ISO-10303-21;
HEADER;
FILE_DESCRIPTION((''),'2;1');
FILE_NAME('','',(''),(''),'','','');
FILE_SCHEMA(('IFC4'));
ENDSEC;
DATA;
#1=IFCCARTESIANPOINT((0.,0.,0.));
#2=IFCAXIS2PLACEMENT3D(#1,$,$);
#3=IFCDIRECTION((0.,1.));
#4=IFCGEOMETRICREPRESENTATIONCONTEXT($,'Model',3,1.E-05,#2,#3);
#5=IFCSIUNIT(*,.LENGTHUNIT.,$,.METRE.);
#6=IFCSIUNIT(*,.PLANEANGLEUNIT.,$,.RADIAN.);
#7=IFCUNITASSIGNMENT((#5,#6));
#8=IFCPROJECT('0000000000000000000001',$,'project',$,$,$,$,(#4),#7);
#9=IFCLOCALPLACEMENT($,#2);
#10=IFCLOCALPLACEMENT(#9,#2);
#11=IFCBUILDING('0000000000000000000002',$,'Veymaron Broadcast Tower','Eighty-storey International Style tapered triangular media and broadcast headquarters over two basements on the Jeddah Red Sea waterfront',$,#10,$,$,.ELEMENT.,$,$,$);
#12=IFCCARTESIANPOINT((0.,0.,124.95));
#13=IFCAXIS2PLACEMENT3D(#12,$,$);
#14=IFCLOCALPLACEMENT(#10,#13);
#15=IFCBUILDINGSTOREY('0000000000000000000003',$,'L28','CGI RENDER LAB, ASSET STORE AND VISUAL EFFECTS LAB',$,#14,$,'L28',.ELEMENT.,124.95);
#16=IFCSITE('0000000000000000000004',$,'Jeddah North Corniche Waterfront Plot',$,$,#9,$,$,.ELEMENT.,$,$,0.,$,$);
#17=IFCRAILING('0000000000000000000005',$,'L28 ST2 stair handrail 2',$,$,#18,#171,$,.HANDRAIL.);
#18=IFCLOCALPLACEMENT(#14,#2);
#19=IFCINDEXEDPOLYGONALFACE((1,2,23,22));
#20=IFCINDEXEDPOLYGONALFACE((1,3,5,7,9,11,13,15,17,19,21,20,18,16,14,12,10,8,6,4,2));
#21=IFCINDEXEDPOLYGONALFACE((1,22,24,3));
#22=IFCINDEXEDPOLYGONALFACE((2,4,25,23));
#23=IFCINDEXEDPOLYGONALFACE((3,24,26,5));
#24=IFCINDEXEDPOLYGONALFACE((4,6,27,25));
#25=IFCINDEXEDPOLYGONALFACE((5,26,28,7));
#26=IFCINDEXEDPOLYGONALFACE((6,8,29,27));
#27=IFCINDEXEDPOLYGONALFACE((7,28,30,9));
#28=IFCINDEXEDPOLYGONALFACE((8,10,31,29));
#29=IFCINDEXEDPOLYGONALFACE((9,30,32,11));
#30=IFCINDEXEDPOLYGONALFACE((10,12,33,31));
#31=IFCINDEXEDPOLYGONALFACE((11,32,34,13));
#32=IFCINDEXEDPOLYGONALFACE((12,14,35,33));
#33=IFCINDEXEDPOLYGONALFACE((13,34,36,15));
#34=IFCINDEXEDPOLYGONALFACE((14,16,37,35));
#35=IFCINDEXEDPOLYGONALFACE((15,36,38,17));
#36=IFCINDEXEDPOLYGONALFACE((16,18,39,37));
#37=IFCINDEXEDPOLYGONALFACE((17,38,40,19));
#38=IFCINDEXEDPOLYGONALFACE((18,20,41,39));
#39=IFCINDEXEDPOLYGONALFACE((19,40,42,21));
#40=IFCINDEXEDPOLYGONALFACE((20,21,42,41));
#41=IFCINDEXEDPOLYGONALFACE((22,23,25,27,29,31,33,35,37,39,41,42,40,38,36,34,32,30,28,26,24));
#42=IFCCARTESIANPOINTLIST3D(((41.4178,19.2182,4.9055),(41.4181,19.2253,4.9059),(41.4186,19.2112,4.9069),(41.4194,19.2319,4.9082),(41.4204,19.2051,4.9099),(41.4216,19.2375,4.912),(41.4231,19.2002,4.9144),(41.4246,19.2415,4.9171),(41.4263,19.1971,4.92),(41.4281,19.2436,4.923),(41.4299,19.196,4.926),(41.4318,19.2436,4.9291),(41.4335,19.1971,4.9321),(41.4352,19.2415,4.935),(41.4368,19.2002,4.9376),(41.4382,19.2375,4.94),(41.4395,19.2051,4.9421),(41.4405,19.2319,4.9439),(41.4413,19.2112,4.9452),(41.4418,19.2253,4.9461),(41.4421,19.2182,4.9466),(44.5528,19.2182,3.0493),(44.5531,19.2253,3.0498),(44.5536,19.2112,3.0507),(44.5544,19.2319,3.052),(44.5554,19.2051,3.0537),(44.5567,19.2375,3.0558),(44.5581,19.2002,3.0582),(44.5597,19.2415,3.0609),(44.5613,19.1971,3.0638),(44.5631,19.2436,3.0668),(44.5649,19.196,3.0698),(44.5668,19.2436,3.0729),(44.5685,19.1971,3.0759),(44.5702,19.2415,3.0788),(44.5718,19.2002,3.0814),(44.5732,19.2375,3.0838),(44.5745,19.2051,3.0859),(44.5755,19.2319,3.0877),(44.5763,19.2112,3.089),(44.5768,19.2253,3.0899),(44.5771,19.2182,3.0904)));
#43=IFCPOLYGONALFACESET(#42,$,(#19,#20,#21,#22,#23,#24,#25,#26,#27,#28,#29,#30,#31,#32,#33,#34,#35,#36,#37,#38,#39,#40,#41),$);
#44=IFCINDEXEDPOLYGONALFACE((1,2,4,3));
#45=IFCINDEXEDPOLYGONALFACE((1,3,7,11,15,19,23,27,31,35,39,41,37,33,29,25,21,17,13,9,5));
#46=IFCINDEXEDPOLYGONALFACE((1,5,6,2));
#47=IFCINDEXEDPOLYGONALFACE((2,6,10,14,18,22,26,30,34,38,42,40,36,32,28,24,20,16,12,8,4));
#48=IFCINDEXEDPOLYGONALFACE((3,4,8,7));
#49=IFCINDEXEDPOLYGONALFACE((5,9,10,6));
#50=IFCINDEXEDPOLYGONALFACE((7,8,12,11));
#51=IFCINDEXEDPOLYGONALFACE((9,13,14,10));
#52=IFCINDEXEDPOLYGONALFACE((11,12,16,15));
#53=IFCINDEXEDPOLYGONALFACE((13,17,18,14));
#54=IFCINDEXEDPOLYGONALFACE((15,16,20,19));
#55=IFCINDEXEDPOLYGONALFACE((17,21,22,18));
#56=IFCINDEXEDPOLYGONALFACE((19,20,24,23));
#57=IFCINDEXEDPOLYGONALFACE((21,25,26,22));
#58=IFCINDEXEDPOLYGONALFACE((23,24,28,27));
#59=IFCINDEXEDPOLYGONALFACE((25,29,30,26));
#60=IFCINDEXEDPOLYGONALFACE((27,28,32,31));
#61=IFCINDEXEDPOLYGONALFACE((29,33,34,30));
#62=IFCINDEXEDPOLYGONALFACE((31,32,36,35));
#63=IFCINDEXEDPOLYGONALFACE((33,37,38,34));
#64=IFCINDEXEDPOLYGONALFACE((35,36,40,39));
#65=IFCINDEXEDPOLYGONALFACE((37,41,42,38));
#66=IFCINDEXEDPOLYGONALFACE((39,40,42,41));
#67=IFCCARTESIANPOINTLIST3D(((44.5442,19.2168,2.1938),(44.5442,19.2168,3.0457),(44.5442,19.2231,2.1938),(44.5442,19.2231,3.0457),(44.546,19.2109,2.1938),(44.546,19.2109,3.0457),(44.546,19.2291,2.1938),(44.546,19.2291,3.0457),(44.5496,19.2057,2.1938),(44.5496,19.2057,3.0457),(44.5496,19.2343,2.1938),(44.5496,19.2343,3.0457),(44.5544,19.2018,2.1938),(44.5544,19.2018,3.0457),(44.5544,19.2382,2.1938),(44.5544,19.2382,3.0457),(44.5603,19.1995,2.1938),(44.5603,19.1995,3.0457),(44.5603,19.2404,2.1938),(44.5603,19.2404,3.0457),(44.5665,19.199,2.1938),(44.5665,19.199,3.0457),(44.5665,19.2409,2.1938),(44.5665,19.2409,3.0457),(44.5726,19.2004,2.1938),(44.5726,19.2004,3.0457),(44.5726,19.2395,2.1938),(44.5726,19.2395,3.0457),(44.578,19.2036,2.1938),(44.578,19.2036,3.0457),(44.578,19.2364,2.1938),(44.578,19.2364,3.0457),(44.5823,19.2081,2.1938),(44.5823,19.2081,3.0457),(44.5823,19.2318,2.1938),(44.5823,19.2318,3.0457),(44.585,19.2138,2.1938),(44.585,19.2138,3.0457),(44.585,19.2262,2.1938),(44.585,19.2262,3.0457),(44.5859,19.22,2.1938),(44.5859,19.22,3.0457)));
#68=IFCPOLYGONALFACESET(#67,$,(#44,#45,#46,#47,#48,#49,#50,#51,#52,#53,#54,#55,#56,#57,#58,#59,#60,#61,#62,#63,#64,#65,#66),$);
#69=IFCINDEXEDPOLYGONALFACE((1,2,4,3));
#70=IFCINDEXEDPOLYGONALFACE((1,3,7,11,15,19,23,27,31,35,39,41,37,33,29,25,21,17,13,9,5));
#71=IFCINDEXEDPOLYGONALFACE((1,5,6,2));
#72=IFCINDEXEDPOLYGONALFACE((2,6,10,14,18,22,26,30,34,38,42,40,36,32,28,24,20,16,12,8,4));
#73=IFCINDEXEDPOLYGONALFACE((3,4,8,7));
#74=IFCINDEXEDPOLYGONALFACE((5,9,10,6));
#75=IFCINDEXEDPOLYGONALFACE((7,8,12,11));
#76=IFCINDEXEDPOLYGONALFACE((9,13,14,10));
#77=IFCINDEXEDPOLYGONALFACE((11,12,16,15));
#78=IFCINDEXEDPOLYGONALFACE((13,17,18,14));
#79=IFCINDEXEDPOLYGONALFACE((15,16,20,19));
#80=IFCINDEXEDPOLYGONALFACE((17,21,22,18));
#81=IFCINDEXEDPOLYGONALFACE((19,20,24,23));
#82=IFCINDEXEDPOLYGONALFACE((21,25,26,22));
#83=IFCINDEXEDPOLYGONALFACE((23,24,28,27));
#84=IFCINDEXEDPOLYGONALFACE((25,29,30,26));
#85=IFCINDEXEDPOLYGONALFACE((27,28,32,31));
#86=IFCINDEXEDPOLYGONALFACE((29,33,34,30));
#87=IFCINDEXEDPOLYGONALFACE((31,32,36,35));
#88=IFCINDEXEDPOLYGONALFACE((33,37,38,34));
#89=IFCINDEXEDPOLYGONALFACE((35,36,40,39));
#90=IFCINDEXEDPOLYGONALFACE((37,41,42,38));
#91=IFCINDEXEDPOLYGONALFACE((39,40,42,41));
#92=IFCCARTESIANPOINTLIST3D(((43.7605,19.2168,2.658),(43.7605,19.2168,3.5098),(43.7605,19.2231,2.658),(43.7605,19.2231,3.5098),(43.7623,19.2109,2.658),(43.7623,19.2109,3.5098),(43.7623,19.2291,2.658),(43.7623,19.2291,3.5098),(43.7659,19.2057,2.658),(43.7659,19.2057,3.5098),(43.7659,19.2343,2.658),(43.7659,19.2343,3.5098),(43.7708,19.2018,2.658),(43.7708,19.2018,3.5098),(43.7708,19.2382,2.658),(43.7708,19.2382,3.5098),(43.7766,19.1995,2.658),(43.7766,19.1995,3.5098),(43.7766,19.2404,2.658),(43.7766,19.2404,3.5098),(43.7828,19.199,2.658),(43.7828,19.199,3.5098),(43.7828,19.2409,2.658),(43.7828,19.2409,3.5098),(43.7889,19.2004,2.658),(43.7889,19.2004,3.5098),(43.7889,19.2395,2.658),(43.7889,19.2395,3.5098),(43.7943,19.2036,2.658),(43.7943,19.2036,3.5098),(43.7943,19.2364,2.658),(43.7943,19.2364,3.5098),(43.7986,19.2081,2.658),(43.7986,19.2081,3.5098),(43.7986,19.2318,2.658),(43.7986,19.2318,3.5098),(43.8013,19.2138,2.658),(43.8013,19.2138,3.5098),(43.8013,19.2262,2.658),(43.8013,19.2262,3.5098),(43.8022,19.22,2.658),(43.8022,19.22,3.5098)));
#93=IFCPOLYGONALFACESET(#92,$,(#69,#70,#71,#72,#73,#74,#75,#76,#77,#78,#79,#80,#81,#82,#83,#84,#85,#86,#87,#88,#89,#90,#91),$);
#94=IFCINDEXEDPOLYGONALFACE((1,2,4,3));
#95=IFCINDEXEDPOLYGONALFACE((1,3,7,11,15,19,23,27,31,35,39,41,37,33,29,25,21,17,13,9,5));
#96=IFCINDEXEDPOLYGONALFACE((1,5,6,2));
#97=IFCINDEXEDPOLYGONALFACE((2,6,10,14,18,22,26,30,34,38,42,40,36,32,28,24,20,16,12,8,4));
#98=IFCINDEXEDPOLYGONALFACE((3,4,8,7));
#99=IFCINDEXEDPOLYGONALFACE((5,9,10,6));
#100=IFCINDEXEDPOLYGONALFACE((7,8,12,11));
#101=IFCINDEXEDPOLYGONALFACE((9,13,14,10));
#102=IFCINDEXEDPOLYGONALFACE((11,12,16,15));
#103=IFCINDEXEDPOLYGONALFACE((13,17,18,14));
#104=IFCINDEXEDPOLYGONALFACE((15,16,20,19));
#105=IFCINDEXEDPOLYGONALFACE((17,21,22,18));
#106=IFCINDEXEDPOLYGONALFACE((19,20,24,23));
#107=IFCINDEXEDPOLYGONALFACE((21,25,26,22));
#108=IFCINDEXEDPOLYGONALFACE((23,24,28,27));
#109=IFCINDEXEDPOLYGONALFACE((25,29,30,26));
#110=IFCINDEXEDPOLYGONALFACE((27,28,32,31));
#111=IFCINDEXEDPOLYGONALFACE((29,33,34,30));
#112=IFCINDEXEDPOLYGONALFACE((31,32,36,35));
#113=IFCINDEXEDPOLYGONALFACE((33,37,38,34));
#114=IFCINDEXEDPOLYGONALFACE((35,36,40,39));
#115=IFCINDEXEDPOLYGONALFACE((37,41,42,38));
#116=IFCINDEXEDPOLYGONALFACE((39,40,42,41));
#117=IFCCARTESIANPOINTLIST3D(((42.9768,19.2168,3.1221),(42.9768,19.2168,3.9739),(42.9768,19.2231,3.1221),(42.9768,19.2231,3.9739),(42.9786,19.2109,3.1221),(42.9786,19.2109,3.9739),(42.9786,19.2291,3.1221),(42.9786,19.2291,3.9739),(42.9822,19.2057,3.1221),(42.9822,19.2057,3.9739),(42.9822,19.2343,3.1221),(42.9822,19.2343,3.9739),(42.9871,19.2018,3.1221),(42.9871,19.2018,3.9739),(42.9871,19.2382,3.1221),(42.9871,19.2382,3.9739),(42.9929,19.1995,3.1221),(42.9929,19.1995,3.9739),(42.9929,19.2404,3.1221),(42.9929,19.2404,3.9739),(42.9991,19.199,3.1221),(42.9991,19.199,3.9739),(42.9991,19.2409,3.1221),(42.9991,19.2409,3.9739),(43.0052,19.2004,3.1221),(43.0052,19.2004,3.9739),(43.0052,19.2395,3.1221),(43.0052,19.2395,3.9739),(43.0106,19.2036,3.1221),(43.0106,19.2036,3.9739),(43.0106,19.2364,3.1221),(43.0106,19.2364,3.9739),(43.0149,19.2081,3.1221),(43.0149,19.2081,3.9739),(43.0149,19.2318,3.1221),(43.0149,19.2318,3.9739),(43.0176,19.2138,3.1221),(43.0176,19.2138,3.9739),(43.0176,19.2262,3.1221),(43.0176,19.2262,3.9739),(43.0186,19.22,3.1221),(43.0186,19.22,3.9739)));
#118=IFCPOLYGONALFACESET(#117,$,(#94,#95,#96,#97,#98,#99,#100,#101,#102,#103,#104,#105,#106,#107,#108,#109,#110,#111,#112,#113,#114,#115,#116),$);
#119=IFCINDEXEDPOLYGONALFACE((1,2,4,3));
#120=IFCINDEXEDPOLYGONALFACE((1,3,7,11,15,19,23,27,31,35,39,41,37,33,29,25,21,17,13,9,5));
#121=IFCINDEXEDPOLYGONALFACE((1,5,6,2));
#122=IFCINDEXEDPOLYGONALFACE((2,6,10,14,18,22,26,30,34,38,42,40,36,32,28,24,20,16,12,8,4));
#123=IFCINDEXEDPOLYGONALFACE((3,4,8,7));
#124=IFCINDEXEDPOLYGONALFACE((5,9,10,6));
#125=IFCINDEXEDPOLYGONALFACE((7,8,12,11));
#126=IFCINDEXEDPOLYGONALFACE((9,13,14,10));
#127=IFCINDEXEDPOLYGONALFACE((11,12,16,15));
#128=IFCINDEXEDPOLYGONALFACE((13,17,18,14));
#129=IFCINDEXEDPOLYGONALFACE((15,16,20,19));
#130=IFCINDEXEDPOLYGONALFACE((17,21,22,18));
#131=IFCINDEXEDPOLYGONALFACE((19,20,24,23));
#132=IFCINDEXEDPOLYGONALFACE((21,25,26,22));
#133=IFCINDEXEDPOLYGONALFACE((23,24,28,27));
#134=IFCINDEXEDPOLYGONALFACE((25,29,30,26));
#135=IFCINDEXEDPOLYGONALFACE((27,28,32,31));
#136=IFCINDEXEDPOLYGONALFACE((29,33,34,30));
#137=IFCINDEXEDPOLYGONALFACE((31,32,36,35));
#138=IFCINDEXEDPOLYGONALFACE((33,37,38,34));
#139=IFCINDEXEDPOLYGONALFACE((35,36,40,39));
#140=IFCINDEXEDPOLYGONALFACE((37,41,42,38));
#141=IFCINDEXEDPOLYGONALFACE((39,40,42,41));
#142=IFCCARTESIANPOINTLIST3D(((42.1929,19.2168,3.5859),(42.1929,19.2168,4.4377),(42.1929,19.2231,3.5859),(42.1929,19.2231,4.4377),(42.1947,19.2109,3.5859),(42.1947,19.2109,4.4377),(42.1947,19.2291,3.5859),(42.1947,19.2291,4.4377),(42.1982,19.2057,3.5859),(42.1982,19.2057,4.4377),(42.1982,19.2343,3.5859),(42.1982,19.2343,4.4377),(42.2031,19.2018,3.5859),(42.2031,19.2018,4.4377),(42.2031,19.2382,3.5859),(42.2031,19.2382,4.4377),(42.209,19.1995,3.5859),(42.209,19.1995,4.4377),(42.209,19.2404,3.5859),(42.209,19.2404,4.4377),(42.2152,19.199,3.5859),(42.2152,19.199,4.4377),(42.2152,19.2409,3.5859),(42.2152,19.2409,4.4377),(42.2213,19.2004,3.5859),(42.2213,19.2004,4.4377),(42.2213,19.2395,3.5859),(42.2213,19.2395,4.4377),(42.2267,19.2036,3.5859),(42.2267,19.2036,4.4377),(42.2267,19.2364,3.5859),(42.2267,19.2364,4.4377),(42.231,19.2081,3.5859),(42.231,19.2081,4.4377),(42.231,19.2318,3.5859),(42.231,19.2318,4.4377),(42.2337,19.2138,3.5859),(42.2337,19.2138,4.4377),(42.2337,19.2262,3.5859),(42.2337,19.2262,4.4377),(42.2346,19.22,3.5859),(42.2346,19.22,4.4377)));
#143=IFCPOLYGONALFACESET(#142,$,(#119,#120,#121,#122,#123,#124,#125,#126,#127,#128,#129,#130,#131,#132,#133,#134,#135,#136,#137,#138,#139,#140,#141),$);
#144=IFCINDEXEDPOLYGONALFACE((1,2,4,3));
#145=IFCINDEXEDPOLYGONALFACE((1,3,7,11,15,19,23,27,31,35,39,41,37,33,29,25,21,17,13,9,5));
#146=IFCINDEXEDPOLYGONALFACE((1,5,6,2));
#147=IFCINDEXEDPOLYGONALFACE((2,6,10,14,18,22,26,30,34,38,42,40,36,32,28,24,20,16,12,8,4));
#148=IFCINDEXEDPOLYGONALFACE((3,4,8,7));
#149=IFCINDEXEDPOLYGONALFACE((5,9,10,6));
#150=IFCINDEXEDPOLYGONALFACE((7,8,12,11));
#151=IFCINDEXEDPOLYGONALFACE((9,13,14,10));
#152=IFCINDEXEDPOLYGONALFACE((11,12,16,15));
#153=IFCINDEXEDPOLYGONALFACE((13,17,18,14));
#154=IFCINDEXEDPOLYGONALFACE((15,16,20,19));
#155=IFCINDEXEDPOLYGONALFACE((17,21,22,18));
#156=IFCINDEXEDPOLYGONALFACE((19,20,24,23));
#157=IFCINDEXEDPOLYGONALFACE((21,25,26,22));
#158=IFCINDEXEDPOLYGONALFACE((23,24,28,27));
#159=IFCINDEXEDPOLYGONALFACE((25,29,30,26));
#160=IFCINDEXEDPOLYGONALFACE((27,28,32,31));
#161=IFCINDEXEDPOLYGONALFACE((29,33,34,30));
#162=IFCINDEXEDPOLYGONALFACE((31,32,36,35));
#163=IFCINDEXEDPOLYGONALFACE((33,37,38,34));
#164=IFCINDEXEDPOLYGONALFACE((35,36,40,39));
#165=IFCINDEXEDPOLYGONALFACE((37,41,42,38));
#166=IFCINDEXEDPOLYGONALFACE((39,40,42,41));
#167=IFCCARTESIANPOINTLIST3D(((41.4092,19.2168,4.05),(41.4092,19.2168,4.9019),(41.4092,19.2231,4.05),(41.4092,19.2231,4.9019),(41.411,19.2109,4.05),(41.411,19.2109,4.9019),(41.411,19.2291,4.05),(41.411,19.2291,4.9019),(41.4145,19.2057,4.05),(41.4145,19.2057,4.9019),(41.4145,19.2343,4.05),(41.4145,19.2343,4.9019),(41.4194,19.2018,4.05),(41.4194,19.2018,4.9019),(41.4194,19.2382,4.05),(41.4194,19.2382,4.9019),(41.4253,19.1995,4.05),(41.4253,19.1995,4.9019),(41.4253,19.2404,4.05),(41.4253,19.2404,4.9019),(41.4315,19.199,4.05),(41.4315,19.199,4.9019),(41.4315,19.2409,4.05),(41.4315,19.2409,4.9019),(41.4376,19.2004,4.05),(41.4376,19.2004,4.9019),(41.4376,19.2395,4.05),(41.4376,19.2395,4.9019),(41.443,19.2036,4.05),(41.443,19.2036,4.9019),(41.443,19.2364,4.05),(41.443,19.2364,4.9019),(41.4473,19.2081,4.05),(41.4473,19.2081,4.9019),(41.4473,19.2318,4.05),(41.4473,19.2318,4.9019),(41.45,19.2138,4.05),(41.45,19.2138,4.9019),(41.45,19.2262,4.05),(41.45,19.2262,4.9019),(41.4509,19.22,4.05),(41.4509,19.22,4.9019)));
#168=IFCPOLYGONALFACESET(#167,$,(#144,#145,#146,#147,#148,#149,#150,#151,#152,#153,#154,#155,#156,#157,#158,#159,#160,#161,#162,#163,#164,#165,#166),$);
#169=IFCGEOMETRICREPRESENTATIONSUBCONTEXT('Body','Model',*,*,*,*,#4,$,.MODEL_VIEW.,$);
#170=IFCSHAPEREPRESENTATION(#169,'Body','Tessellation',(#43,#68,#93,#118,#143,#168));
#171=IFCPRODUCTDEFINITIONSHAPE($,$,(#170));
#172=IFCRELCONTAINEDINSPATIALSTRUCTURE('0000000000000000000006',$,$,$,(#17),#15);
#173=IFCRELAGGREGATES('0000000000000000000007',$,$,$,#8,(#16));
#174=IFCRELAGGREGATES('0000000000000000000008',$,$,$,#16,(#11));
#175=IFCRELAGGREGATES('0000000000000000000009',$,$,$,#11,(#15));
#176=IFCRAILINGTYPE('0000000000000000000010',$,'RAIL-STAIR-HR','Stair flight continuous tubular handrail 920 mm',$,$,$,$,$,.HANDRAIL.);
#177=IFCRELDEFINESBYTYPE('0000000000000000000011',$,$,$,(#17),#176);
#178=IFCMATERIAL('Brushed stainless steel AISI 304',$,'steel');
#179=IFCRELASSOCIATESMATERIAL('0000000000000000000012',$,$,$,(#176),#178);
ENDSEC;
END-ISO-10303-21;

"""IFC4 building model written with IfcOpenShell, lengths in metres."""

from ifc_helpers import new_model, si_unit, direction, frame, origin, origin_2d, place, context, subcontext, project, spatial, circle, extrude, material, type_object, element, save


model = new_model("IFC4")

# Units and contexts
model_context = context("Model", 3, precision=1e-05, world=origin(), true_north=direction((0.0, 1.0)))
body_context = subcontext(model_context, "Body", "Model", "MODEL_VIEW")
ifc_project = project(units=[si_unit("LENGTHUNIT", "METRE"), si_unit("PLANEANGLEUNIT", "RADIAN")], contexts=[model_context])

# Site, building, storey
site_placement = place(None, origin())
site = spatial("IfcSite", under=ifc_project, at=site_placement, Name="Jeddah North Corniche Waterfront Plot", CompositionType="ELEMENT", RefElevation=0.0)
building_placement = place(site_placement, origin())
building = spatial("IfcBuilding", under=site, at=building_placement, Name="Veymaron Broadcast Tower", Description="Eighty-storey International Style tapered triangular media and broadcast headquarters over two basements on the Jeddah Red Sea waterfront", CompositionType="ELEMENT")
storey_placement = place(building_placement, frame((0.0, 0.0, 124.95)))
storey = spatial("IfcBuildingStorey", under=building, at=storey_placement, Name="L28", Description="CGI RENDER LAB, ASSET STORE AND VISUAL EFFECTS LAB", LongName="L28", CompositionType="ELEMENT", Elevation=124.95)

# Shared definitions
ifc_material_1 = material(Name="Brushed stainless steel AISI 304", Category="steel")

# Railing
railing_type_1 = type_object("IfcRailingType", Name="RAIL-STAIR-HR", Description="Stair flight continuous tubular handrail 920 mm", PredefinedType="HANDRAIL", material=ifc_material_1)
railing_1_placement = place(storey_placement, frame((44.5649, 19.22, 2.1938)))
element("IfcRailing", 1, at=railing_1_placement, inside=storey, type_object=railing_type_1, Name="L28 ST2 stair handrail 2", PredefinedType="HANDRAIL", context=body_context, shape_type="SweptSolid", body=[
    extrude(circle(Radius=0.0239, at=origin_2d()), frame((0.0, 0.0, 0.876), z_axis=(-0.860482, 0.0, 0.509481), x_axis=(0.0, -1.0, 0.0)), (0.0, 0.0, 1.0), 3.6433),
    extrude(circle(Radius=0.021, at=origin_2d()), origin(), (0.0, 0.0, 1.0), 0.8518),
    extrude(circle(Radius=0.021, at=origin_2d()), frame((-0.7837, 0.0, 0.4641)), (0.0, 0.0, 1.0), 0.8518),
    extrude(circle(Radius=0.021, at=origin_2d()), frame((-1.5674, 0.0, 0.9282)), (0.0, 0.0, 1.0), 0.8518),
    extrude(circle(Radius=0.021, at=origin_2d()), frame((-2.3513, 0.0, 1.3921)), (0.0, 0.0, 1.0), 0.8518),
    extrude(circle(Radius=0.021, at=origin_2d()), frame((-3.135, 0.0, 1.8562)), (0.0, 0.0, 1.0), 0.8518),
])

save(model, "model.ifc")
